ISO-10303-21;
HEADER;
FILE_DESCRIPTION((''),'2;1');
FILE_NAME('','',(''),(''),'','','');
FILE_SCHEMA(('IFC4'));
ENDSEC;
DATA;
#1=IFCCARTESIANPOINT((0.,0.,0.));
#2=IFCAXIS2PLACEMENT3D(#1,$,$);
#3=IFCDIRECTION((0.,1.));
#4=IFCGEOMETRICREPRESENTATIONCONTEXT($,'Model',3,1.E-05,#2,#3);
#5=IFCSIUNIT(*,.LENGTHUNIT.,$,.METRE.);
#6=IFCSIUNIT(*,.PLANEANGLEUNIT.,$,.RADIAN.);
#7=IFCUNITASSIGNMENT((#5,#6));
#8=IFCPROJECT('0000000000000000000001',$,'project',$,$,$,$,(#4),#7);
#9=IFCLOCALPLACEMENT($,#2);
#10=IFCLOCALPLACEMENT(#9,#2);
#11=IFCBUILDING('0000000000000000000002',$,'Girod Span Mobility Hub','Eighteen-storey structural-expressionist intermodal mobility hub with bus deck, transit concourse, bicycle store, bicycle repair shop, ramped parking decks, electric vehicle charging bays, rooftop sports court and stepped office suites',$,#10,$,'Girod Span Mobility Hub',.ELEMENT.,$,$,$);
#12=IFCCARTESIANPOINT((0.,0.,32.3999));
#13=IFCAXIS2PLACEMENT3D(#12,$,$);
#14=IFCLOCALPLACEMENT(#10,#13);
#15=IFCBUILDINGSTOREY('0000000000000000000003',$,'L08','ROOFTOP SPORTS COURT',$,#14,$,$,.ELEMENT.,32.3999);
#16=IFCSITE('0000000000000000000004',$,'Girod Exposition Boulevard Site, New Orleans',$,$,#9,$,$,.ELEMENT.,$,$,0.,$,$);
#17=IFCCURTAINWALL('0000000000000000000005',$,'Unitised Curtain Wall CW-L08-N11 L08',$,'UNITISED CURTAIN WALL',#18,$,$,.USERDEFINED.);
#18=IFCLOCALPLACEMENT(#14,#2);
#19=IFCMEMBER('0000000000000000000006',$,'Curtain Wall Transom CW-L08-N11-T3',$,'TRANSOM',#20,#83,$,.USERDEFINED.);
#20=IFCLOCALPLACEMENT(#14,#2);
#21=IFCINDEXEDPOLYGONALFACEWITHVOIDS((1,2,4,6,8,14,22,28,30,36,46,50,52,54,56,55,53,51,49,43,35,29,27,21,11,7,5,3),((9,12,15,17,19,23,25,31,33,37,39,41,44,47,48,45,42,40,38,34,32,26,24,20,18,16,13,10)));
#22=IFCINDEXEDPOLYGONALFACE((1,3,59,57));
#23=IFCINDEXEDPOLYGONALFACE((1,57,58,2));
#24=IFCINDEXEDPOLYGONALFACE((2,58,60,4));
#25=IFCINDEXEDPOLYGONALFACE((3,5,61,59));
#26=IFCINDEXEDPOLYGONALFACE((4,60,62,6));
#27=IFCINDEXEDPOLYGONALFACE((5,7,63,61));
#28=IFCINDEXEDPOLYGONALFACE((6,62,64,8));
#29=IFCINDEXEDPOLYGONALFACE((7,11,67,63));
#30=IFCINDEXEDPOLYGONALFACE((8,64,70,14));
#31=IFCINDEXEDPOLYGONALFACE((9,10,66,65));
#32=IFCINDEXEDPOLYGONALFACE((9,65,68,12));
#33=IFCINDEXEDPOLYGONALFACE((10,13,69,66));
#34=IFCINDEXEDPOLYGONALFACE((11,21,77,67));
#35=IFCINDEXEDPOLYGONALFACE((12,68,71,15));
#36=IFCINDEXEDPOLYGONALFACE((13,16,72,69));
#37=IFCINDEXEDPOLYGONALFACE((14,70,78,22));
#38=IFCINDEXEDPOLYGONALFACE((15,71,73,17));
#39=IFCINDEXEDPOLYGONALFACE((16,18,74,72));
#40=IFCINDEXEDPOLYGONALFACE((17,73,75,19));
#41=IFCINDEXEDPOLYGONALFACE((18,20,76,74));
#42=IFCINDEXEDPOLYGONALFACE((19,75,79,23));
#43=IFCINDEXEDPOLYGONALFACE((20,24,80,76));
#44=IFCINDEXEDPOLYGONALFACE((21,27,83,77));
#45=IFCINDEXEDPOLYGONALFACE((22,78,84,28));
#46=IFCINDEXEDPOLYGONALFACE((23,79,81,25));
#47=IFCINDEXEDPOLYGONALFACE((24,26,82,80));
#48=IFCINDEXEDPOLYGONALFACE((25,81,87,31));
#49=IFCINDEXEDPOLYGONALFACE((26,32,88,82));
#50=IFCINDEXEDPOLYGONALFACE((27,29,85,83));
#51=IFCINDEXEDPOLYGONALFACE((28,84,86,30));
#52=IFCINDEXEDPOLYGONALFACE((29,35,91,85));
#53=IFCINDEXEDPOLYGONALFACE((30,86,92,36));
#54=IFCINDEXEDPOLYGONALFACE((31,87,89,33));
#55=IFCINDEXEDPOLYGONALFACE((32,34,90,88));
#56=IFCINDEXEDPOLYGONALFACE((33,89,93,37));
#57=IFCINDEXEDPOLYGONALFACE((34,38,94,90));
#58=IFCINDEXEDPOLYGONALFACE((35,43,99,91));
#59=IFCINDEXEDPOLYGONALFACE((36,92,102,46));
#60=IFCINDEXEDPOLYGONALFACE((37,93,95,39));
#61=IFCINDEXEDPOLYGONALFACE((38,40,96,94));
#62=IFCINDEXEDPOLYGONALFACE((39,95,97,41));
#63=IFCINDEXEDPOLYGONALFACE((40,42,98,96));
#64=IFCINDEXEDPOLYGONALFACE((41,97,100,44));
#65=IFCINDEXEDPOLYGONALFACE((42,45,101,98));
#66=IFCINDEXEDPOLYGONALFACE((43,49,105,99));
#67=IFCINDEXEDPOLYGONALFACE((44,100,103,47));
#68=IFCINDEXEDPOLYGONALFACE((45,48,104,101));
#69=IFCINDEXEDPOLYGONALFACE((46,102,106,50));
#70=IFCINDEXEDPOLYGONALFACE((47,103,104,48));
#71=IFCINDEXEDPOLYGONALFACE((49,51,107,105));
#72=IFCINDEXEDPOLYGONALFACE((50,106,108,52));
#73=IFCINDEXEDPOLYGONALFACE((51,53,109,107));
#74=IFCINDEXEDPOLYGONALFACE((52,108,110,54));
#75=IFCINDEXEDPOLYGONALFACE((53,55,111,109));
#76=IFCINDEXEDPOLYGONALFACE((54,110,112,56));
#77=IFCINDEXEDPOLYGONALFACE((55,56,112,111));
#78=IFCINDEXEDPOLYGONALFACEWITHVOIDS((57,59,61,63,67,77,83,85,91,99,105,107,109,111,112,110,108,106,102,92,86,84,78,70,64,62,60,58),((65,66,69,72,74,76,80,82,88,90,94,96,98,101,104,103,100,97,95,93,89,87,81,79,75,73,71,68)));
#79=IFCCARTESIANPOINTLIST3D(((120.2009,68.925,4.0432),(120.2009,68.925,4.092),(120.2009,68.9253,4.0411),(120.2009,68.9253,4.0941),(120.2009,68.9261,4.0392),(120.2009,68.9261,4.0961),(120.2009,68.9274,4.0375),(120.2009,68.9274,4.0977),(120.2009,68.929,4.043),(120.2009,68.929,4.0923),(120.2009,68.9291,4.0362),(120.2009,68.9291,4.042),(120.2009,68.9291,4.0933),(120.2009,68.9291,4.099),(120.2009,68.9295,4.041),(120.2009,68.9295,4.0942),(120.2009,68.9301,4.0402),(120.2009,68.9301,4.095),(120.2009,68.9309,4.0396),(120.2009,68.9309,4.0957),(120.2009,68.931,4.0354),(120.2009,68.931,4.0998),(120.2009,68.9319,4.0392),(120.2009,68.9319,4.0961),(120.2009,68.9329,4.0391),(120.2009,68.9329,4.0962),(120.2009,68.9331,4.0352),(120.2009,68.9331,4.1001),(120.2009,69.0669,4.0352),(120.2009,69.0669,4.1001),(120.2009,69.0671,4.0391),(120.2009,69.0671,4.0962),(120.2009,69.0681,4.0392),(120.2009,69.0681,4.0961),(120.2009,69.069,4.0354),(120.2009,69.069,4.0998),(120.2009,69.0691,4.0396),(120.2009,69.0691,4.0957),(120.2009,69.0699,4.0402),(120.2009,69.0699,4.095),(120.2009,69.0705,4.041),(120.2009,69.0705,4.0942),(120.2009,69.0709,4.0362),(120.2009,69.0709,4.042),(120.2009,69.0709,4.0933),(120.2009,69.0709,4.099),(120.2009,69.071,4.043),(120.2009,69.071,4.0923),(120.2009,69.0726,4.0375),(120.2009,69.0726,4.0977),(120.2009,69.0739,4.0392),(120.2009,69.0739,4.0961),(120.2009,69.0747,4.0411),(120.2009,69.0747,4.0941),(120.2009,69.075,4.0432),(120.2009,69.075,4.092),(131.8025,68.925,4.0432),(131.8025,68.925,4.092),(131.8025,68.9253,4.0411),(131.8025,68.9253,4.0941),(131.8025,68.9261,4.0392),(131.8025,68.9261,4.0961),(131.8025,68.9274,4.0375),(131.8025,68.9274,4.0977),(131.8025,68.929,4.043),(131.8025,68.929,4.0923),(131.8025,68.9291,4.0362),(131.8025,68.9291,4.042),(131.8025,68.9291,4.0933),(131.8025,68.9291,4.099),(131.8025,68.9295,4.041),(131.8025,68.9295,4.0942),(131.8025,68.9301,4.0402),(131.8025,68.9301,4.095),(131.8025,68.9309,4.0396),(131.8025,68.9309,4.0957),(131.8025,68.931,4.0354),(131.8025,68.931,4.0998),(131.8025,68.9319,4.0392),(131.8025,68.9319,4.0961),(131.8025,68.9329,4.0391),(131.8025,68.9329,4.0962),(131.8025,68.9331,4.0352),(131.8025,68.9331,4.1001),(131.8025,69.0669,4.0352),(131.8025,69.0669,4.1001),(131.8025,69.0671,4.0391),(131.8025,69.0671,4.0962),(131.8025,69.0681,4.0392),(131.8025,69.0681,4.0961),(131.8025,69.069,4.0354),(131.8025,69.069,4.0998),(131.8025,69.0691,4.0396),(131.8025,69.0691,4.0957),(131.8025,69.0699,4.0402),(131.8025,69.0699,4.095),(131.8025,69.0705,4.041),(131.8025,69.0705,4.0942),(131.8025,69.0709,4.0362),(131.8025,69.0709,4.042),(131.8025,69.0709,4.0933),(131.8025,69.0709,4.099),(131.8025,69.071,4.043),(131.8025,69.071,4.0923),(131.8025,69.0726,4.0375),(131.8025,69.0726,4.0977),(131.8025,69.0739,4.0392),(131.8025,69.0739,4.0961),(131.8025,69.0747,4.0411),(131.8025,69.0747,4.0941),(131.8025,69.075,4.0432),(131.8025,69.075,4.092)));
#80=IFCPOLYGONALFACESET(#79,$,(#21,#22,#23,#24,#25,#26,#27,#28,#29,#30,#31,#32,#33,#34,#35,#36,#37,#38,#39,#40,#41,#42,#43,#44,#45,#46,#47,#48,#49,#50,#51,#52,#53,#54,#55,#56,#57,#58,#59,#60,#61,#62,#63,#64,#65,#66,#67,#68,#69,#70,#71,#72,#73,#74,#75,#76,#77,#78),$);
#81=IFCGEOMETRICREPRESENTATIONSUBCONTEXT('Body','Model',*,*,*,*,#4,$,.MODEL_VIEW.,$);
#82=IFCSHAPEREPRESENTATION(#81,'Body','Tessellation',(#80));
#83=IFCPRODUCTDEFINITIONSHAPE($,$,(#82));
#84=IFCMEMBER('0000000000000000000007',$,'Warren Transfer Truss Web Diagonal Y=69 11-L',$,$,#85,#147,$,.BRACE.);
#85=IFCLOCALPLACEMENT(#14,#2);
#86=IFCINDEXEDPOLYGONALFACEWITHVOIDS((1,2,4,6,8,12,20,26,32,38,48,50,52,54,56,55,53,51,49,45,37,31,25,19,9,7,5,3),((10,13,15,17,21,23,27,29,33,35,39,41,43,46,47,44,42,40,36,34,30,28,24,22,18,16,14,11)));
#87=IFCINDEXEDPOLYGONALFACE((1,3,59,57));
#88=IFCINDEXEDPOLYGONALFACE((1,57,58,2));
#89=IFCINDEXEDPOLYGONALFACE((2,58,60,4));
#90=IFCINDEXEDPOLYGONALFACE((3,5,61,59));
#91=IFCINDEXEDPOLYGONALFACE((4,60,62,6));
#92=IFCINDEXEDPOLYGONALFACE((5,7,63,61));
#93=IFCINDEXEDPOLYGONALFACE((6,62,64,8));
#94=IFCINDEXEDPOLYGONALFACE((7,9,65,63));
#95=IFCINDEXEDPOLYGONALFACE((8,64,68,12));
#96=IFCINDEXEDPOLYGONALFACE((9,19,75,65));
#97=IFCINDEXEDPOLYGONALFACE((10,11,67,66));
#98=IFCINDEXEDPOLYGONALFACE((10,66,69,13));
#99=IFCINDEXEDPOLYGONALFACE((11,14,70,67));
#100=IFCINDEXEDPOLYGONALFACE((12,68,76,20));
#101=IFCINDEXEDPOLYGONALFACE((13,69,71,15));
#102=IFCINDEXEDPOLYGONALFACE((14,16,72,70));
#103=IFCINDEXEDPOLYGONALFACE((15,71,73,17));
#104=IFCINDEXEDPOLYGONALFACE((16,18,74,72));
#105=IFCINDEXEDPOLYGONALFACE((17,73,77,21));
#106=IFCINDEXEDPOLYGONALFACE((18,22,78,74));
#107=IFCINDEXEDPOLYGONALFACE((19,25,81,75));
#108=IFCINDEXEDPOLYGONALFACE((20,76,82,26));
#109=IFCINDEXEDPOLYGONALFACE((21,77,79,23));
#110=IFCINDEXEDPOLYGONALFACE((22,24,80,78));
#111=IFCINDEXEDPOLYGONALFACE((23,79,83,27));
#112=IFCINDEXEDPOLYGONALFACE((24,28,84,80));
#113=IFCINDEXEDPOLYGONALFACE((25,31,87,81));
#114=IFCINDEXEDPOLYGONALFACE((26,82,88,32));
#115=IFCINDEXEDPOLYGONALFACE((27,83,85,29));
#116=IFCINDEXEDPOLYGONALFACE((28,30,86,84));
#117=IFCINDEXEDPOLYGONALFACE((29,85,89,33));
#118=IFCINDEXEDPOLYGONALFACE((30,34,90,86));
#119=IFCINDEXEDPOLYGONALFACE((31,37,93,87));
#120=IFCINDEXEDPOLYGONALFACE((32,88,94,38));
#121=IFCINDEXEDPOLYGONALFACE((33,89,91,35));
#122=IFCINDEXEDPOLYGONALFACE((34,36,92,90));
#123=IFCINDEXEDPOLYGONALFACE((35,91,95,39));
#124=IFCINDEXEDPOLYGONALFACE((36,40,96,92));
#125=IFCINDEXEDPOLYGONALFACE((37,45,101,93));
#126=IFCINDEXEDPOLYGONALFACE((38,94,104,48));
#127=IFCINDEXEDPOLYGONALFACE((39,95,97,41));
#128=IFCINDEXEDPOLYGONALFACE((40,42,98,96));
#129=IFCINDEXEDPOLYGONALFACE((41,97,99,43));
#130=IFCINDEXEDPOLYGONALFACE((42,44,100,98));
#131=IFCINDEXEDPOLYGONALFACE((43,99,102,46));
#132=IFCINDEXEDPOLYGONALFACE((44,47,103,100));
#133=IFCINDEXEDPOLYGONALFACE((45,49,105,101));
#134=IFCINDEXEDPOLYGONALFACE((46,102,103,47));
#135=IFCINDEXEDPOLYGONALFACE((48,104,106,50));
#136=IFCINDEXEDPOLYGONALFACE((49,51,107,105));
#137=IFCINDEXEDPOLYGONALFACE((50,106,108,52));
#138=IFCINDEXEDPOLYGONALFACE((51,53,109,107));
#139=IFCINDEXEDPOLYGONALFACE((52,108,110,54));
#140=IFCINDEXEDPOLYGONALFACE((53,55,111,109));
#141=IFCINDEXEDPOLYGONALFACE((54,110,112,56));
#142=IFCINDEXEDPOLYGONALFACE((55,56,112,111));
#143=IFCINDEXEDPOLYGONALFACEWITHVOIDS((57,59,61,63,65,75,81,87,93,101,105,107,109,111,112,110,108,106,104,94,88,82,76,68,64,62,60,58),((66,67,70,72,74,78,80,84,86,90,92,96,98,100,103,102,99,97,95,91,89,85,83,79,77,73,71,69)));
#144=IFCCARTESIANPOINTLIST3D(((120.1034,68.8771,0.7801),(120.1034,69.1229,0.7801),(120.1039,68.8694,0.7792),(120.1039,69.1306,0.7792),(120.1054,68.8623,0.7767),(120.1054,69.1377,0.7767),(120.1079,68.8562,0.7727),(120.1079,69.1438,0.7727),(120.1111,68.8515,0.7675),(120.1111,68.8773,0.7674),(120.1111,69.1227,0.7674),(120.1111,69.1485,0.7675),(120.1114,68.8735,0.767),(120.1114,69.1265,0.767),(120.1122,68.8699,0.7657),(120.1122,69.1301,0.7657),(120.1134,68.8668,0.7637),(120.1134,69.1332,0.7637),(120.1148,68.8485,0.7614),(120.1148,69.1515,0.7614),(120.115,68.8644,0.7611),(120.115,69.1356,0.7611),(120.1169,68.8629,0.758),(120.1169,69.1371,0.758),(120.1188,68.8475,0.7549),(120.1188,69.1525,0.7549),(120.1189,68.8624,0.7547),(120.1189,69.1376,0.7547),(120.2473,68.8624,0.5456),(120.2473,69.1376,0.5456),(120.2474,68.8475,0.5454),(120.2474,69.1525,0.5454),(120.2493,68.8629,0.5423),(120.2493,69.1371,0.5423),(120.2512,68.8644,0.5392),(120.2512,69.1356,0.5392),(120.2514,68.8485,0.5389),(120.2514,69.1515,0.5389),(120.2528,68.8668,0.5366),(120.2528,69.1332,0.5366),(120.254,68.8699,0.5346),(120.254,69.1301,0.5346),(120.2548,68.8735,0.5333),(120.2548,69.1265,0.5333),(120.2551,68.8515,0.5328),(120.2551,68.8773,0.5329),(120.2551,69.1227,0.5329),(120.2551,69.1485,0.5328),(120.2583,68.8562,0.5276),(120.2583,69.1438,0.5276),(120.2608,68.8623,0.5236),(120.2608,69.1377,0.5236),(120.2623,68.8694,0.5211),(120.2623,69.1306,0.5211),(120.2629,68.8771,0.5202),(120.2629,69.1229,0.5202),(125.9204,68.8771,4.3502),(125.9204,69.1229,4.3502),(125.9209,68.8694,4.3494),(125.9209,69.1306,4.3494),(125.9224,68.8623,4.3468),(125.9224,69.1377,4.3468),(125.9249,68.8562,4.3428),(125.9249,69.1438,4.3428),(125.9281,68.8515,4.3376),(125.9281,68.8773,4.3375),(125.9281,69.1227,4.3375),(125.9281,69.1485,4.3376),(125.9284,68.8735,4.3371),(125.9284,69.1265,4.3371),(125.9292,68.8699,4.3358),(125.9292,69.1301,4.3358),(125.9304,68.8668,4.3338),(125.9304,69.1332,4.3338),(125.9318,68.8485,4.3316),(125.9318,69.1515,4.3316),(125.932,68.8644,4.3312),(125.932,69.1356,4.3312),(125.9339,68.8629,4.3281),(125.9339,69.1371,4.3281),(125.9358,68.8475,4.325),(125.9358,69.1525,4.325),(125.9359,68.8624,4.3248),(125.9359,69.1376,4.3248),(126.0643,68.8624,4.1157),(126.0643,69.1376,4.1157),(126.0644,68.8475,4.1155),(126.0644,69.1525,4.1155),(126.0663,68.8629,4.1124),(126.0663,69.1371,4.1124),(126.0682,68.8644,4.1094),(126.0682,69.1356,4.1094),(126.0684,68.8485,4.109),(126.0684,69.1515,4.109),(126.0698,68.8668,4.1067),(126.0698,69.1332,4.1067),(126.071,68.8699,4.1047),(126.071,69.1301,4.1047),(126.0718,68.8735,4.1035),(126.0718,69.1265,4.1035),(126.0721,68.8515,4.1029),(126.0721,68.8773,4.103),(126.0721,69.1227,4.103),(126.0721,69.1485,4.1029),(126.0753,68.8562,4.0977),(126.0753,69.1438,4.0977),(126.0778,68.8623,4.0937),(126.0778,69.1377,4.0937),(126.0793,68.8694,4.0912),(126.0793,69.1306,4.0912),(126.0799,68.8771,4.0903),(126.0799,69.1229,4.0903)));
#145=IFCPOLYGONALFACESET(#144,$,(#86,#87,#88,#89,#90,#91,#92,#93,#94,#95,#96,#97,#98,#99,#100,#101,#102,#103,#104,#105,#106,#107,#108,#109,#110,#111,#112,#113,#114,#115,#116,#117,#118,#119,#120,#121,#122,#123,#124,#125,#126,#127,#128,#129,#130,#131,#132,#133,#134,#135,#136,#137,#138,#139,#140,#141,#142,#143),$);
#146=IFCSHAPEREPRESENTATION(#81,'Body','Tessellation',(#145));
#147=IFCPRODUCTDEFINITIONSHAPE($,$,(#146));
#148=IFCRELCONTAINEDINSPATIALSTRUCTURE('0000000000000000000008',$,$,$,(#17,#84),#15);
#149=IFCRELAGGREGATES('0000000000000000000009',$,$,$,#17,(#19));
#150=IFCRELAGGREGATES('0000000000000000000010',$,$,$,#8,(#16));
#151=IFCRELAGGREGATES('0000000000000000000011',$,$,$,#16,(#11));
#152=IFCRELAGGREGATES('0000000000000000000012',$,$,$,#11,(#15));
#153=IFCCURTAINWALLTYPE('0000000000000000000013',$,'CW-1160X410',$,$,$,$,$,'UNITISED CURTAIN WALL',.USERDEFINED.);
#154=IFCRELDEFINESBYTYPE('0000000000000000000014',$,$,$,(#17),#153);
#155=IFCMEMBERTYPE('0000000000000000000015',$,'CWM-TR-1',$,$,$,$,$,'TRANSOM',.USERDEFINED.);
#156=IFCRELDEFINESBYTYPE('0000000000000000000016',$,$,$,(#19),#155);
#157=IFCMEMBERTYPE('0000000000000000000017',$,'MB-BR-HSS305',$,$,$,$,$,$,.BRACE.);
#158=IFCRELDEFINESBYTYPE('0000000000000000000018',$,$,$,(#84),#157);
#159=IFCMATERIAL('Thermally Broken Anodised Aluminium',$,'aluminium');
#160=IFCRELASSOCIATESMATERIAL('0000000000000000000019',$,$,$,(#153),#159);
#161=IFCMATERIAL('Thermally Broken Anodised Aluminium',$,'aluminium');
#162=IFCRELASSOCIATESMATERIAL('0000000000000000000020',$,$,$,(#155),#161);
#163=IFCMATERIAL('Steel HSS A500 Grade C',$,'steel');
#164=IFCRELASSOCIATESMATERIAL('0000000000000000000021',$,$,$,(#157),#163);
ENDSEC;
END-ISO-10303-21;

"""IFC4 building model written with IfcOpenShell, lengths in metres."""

from ifc_helpers import new_model, si_unit, direction, frame, origin, origin_2d, place, context, subcontext, project, spatial, hollow_rectangle, extrude, material, material_profile, profile_set, type_object, element, aggregate, save


model = new_model("IFC4")

# Units and contexts
model_context = context("Model", 3, precision=1e-05, world=origin(), true_north=direction((0.0, 1.0)))
body_context = subcontext(model_context, "Body", "Model", "MODEL_VIEW")
ifc_project = project(units=[si_unit("LENGTHUNIT", "METRE"), si_unit("PLANEANGLEUNIT", "RADIAN")], contexts=[model_context])

# Site, building, storey
site_placement = place(None, origin())
site = spatial("IfcSite", under=ifc_project, at=site_placement, Name="Girod Exposition Boulevard Site, New Orleans", CompositionType="ELEMENT", RefElevation=0.0)
building_placement = place(site_placement, origin())
building = spatial("IfcBuilding", under=site, at=building_placement, Name="Girod Span Mobility Hub", Description="Eighteen-storey structural-expressionist intermodal mobility hub with bus deck, transit concourse, bicycle store, bicycle repair shop, ramped parking decks, electric vehicle charging bays, rooftop sports court and stepped office suites", LongName="Girod Span Mobility Hub", CompositionType="ELEMENT")
storey_placement = place(building_placement, frame((0.0, 0.0, 32.3999)))
storey = spatial("IfcBuildingStorey", under=building, at=storey_placement, Name="L08", Description="ROOFTOP SPORTS COURT", CompositionType="ELEMENT", Elevation=32.3999)

# Curtain wall, member
ifc_material_1 = material(Name="Thermally Broken Anodised Aluminium", Category="aluminium")
curtain_wall_type = type_object("IfcCurtainWallType", Name="CW-1160X410", ElementType="UNITISED CURTAIN WALL", PredefinedType="USERDEFINED", material=ifc_material_1)
curtain_wall_placement = place(storey_placement, origin())
curtain_wall = element("IfcCurtainWall", 1, at=curtain_wall_placement, inside=storey, type_object=curtain_wall_type, Name="Unitised Curtain Wall CW-L08-N11 L08", ObjectType="UNITISED CURTAIN WALL", PredefinedType="USERDEFINED")
ifc_material_2 = material(Name="Thermally Broken Anodised Aluminium", Category="aluminium")
ifc_material_profile_1 = material_profile(ifc_material_2, hollow_rectangle(XDim=0.1499, YDim=0.0649, WallThickness=0.0039, InnerFilletRadius=0.0039, OuterFilletRadius=0.0081, at=origin_2d()), Name="CW-TR-65X150")
ifc_profile_set_1 = profile_set([ifc_material_profile_1], Name="Thermally Broken Anodised Aluminium")
member_type_1 = type_object("IfcMemberType", Name="CWM-TR-1", ElementType="TRANSOM", PredefinedType="USERDEFINED", material=ifc_profile_set_1)
member_1_placement = place(storey_placement, frame((120.2009, 69.0, 4.0676), z_axis=(1.0, 0.0, 0.0), x_axis=(0.0, 1.0, 0.0)))
member_1 = element("IfcMember", 2, at=member_1_placement, type_object=member_type_1, Name="Curtain Wall Transom CW-L08-N11-T3", ObjectType="TRANSOM", PredefinedType="USERDEFINED", context=body_context, shape_type="SweptSolid", body=[
    extrude(hollow_rectangle(XDim=0.1499, YDim=0.0649, WallThickness=0.0039, InnerFilletRadius=0.0039, OuterFilletRadius=0.0081, at=origin_2d()), origin(), (0.0, 0.0, 1.0), 11.6016),
])

# Member
ifc_material_3 = material(Name="Steel HSS A500 Grade C", Category="steel")
ifc_material_profile_2 = material_profile(ifc_material_3, hollow_rectangle(XDim=0.3049, YDim=0.3049, WallThickness=0.0149, InnerFilletRadius=0.0149, OuterFilletRadius=0.0295, at=origin_2d()), Name="HSS305X305X16")
ifc_profile_set_2 = profile_set([ifc_material_profile_2], Name="Steel HSS A500 Grade C")
member_type_2 = type_object("IfcMemberType", Name="MB-BR-HSS305", PredefinedType="BRACE", material=ifc_profile_set_2)
member_2_placement = place(storey_placement, frame((120.1831, 69.0, 0.6501), z_axis=(0.852283, 0.0, 0.523081), x_axis=(0.0, 1.0, 0.0)))
element("IfcMember", 3, at=member_2_placement, inside=storey, type_object=member_type_2, Name="Warren Transfer Truss Web Diagonal Y=69 11-L", PredefinedType="BRACE", context=body_context, shape_type="SweptSolid", body=[
    extrude(hollow_rectangle(XDim=0.3049, YDim=0.3049, WallThickness=0.0149, InnerFilletRadius=0.0149, OuterFilletRadius=0.0295, at=origin_2d()), origin(), (0.0, 0.0, 1.0), 6.8252),
])

aggregate(curtain_wall, [member_1])

save(model, "model.ifc")
